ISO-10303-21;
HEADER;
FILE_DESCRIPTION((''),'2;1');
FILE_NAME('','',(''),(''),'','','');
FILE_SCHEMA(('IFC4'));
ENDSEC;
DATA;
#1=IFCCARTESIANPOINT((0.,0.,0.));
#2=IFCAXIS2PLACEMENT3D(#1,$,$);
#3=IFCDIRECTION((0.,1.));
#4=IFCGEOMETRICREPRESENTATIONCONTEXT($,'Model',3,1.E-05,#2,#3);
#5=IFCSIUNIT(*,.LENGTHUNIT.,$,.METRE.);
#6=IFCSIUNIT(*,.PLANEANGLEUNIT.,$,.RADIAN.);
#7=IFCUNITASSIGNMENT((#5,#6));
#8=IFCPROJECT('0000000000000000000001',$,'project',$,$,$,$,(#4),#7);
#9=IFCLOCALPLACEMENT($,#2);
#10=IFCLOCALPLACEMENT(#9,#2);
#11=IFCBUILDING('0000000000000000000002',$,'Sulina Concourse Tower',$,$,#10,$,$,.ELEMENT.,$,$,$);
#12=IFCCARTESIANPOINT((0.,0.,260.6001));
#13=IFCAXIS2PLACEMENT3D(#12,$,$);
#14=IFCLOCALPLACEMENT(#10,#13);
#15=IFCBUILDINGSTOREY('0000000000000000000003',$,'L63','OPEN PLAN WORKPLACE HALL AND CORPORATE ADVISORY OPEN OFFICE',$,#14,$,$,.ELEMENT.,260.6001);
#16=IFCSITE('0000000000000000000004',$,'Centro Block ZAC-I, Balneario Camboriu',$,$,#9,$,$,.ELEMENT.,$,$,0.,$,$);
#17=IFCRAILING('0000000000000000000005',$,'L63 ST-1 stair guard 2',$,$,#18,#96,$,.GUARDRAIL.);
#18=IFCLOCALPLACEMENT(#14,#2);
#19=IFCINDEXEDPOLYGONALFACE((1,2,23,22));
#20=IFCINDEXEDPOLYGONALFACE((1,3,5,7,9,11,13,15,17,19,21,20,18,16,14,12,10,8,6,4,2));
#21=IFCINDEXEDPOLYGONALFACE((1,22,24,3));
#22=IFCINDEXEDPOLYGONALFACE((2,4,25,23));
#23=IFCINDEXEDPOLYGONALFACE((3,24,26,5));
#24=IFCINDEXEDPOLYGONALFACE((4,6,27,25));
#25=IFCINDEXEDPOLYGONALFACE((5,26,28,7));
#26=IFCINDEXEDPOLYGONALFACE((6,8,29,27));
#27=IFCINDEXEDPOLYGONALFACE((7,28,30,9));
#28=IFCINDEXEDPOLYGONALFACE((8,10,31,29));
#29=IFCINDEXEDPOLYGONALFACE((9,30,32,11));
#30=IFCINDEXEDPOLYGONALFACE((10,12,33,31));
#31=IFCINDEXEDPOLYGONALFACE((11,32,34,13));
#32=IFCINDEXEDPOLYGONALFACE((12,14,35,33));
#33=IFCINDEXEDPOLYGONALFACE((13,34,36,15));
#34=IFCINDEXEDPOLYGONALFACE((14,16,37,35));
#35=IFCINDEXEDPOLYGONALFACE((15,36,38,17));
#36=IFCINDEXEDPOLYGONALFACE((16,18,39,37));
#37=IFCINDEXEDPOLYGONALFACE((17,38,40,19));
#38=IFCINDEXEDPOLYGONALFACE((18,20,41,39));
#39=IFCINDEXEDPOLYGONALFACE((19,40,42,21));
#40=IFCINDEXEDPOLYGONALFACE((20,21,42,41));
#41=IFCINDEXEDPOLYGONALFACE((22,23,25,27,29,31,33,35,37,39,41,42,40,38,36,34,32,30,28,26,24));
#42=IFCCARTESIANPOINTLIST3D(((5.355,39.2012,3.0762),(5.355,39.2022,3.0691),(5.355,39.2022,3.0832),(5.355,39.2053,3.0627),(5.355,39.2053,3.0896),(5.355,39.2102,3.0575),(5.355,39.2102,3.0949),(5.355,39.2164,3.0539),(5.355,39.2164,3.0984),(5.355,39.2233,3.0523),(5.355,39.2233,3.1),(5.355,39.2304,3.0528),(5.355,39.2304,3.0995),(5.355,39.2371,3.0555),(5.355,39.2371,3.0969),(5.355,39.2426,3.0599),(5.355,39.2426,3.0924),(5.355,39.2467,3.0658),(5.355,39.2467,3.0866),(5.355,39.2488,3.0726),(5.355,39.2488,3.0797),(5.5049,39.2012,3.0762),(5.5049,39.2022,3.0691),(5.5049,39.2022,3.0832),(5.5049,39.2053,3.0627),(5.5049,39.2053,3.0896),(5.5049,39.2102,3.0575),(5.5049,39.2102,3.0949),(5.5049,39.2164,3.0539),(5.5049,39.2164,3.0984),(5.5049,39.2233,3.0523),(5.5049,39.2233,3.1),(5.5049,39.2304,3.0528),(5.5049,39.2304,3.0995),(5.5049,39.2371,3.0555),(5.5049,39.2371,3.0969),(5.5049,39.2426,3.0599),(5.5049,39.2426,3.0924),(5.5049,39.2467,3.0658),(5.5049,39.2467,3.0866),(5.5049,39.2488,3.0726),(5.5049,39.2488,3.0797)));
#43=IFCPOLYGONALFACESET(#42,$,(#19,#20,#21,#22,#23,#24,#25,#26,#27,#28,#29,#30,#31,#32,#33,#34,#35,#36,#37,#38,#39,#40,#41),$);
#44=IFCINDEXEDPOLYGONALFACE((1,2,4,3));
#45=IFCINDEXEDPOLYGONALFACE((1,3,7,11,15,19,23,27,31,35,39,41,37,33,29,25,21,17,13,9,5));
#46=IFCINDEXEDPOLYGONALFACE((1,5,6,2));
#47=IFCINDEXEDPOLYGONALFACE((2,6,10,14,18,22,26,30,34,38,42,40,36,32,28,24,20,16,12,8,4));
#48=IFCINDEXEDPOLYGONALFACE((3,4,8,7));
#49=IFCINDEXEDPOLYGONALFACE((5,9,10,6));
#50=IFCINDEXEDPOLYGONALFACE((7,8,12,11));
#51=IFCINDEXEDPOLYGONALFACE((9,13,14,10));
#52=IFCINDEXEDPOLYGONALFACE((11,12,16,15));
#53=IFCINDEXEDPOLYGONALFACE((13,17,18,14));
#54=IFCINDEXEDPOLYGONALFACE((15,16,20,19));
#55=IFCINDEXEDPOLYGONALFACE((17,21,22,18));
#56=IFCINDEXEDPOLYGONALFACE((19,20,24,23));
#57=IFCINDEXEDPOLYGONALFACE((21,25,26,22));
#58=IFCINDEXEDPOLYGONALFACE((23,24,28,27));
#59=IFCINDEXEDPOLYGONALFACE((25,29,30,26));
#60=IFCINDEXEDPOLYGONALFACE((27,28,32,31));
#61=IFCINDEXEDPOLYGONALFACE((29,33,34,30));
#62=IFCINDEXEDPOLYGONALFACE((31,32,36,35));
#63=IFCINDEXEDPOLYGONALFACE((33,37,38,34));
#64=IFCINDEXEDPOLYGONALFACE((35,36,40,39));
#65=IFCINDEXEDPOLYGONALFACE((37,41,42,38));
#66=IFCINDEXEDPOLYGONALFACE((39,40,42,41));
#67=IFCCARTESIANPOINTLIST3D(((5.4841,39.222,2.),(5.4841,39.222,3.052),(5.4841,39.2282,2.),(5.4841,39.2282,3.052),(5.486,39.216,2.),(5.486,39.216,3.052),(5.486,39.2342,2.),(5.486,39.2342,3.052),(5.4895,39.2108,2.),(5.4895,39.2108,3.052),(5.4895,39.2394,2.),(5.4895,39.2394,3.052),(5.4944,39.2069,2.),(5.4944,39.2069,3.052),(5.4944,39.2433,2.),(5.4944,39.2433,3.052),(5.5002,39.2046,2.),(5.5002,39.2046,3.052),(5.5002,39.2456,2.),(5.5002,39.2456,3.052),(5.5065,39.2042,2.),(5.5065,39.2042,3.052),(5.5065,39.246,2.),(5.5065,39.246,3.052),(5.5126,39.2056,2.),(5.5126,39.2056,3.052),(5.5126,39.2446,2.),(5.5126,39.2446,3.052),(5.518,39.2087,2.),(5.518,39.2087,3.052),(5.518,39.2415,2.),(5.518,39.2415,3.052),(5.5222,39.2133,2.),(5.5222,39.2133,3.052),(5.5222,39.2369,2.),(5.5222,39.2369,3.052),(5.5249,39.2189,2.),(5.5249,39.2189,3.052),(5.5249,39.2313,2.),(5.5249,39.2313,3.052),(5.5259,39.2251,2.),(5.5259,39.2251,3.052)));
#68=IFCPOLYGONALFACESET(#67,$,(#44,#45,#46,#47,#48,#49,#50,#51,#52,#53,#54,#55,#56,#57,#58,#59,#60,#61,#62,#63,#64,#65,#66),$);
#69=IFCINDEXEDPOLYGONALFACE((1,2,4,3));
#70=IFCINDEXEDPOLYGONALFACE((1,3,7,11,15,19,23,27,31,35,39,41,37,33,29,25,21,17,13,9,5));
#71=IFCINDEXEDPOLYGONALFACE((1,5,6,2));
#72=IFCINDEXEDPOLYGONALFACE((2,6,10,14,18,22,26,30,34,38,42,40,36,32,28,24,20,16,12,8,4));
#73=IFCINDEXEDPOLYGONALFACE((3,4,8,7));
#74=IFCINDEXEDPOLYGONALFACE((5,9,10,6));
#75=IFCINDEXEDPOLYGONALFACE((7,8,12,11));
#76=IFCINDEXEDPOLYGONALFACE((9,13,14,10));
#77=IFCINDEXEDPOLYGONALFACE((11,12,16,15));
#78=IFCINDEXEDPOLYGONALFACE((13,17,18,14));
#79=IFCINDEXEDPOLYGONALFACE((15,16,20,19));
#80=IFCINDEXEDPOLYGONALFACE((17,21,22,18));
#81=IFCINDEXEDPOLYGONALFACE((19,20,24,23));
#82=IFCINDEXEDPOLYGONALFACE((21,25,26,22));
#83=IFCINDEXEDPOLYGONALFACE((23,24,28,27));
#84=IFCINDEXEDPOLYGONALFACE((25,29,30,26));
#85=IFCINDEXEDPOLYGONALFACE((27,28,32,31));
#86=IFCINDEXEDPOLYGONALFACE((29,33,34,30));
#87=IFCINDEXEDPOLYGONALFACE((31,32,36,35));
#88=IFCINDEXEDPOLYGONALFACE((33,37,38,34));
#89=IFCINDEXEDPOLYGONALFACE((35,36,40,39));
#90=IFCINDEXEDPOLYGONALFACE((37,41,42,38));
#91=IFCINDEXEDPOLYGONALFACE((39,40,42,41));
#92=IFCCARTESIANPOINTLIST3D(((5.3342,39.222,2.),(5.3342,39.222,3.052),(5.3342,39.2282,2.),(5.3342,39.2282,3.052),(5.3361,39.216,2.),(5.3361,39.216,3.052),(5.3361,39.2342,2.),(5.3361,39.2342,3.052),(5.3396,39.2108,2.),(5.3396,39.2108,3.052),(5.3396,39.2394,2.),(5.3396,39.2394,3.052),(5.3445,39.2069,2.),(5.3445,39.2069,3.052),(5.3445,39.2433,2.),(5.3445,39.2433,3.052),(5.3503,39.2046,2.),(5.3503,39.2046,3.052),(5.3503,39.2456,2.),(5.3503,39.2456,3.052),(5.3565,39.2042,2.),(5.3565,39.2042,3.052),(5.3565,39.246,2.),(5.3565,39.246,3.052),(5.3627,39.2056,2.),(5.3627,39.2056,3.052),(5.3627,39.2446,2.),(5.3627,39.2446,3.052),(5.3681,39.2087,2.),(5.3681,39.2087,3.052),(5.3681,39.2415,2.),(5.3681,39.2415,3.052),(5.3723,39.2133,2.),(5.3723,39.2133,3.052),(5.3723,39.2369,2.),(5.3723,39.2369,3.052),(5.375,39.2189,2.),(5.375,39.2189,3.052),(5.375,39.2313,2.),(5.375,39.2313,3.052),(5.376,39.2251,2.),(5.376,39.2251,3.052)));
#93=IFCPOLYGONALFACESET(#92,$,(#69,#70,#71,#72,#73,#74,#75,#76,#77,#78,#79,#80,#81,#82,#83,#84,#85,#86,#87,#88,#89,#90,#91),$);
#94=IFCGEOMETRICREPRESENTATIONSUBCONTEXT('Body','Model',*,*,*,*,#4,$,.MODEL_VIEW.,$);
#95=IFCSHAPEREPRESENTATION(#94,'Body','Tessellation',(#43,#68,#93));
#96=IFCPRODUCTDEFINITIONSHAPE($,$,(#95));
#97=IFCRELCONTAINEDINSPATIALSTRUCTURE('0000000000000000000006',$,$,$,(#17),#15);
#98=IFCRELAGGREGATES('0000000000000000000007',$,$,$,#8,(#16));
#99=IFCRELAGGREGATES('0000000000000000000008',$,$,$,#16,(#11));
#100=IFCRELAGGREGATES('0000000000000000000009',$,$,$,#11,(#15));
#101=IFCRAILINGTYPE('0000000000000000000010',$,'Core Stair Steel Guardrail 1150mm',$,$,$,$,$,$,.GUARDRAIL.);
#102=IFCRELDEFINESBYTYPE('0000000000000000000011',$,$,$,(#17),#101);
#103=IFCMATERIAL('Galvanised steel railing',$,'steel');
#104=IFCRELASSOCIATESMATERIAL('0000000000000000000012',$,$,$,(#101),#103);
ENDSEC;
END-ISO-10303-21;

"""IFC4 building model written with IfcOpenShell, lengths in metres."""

from ifc_helpers import new_model, si_unit, direction, frame, origin, origin_2d, place, context, subcontext, project, spatial, circle, extrude, material, type_object, element, save


model = new_model("IFC4")

# Units and contexts
model_context = context("Model", 3, precision=1e-05, world=origin(), true_north=direction((0.0, 1.0)))
body_context = subcontext(model_context, "Body", "Model", "MODEL_VIEW")
ifc_project = project(units=[si_unit("LENGTHUNIT", "METRE"), si_unit("PLANEANGLEUNIT", "RADIAN")], contexts=[model_context])

# Site, building, storey
site_placement = place(None, origin())
site = spatial("IfcSite", under=ifc_project, at=site_placement, Name="Centro Block ZAC-I, Balneario Camboriu", CompositionType="ELEMENT", RefElevation=0.0)
building_placement = place(site_placement, origin())
building = spatial("IfcBuilding", under=site, at=building_placement, Name="Sulina Concourse Tower", CompositionType="ELEMENT")
storey_placement = place(building_placement, frame((0.0, 0.0, 260.6001)))
storey = spatial("IfcBuildingStorey", under=building, at=storey_placement, Name="L63", Description="OPEN PLAN WORKPLACE HALL AND CORPORATE ADVISORY OPEN OFFICE", CompositionType="ELEMENT", Elevation=260.6001)

# Railing
ifc_material_1 = material(Name="Galvanised steel railing", Category="steel")
railing_type_1 = type_object("IfcRailingType", Name="Core Stair Steel Guardrail 1150mm", PredefinedType="GUARDRAIL", material=ifc_material_1)
railing_1_placement = place(storey_placement, frame((5.5049, 39.2251, 2.0)))
element("IfcRailing", 1, at=railing_1_placement, inside=storey, type_object=railing_type_1, Name="L63 ST-1 stair guard 2", PredefinedType="GUARDRAIL", context=body_context, shape_type="SweptSolid", body=[
    extrude(circle(Radius=0.0239, at=origin_2d()), frame((0.0, 0.0, 1.0762), z_axis=(-1.0, 0.0, 0.0), x_axis=(0.0, -1.0, 0.0)), (0.0, 0.0, 1.0), 0.1499),
    extrude(circle(Radius=0.021, at=origin_2d()), origin(), (0.0, 0.0, 1.0), 1.052),
    extrude(circle(Radius=0.021, at=origin_2d()), frame((-0.1499, 0.0, 0.0)), (0.0, 0.0, 1.0), 1.052),
])

save(model, "model.ifc")
